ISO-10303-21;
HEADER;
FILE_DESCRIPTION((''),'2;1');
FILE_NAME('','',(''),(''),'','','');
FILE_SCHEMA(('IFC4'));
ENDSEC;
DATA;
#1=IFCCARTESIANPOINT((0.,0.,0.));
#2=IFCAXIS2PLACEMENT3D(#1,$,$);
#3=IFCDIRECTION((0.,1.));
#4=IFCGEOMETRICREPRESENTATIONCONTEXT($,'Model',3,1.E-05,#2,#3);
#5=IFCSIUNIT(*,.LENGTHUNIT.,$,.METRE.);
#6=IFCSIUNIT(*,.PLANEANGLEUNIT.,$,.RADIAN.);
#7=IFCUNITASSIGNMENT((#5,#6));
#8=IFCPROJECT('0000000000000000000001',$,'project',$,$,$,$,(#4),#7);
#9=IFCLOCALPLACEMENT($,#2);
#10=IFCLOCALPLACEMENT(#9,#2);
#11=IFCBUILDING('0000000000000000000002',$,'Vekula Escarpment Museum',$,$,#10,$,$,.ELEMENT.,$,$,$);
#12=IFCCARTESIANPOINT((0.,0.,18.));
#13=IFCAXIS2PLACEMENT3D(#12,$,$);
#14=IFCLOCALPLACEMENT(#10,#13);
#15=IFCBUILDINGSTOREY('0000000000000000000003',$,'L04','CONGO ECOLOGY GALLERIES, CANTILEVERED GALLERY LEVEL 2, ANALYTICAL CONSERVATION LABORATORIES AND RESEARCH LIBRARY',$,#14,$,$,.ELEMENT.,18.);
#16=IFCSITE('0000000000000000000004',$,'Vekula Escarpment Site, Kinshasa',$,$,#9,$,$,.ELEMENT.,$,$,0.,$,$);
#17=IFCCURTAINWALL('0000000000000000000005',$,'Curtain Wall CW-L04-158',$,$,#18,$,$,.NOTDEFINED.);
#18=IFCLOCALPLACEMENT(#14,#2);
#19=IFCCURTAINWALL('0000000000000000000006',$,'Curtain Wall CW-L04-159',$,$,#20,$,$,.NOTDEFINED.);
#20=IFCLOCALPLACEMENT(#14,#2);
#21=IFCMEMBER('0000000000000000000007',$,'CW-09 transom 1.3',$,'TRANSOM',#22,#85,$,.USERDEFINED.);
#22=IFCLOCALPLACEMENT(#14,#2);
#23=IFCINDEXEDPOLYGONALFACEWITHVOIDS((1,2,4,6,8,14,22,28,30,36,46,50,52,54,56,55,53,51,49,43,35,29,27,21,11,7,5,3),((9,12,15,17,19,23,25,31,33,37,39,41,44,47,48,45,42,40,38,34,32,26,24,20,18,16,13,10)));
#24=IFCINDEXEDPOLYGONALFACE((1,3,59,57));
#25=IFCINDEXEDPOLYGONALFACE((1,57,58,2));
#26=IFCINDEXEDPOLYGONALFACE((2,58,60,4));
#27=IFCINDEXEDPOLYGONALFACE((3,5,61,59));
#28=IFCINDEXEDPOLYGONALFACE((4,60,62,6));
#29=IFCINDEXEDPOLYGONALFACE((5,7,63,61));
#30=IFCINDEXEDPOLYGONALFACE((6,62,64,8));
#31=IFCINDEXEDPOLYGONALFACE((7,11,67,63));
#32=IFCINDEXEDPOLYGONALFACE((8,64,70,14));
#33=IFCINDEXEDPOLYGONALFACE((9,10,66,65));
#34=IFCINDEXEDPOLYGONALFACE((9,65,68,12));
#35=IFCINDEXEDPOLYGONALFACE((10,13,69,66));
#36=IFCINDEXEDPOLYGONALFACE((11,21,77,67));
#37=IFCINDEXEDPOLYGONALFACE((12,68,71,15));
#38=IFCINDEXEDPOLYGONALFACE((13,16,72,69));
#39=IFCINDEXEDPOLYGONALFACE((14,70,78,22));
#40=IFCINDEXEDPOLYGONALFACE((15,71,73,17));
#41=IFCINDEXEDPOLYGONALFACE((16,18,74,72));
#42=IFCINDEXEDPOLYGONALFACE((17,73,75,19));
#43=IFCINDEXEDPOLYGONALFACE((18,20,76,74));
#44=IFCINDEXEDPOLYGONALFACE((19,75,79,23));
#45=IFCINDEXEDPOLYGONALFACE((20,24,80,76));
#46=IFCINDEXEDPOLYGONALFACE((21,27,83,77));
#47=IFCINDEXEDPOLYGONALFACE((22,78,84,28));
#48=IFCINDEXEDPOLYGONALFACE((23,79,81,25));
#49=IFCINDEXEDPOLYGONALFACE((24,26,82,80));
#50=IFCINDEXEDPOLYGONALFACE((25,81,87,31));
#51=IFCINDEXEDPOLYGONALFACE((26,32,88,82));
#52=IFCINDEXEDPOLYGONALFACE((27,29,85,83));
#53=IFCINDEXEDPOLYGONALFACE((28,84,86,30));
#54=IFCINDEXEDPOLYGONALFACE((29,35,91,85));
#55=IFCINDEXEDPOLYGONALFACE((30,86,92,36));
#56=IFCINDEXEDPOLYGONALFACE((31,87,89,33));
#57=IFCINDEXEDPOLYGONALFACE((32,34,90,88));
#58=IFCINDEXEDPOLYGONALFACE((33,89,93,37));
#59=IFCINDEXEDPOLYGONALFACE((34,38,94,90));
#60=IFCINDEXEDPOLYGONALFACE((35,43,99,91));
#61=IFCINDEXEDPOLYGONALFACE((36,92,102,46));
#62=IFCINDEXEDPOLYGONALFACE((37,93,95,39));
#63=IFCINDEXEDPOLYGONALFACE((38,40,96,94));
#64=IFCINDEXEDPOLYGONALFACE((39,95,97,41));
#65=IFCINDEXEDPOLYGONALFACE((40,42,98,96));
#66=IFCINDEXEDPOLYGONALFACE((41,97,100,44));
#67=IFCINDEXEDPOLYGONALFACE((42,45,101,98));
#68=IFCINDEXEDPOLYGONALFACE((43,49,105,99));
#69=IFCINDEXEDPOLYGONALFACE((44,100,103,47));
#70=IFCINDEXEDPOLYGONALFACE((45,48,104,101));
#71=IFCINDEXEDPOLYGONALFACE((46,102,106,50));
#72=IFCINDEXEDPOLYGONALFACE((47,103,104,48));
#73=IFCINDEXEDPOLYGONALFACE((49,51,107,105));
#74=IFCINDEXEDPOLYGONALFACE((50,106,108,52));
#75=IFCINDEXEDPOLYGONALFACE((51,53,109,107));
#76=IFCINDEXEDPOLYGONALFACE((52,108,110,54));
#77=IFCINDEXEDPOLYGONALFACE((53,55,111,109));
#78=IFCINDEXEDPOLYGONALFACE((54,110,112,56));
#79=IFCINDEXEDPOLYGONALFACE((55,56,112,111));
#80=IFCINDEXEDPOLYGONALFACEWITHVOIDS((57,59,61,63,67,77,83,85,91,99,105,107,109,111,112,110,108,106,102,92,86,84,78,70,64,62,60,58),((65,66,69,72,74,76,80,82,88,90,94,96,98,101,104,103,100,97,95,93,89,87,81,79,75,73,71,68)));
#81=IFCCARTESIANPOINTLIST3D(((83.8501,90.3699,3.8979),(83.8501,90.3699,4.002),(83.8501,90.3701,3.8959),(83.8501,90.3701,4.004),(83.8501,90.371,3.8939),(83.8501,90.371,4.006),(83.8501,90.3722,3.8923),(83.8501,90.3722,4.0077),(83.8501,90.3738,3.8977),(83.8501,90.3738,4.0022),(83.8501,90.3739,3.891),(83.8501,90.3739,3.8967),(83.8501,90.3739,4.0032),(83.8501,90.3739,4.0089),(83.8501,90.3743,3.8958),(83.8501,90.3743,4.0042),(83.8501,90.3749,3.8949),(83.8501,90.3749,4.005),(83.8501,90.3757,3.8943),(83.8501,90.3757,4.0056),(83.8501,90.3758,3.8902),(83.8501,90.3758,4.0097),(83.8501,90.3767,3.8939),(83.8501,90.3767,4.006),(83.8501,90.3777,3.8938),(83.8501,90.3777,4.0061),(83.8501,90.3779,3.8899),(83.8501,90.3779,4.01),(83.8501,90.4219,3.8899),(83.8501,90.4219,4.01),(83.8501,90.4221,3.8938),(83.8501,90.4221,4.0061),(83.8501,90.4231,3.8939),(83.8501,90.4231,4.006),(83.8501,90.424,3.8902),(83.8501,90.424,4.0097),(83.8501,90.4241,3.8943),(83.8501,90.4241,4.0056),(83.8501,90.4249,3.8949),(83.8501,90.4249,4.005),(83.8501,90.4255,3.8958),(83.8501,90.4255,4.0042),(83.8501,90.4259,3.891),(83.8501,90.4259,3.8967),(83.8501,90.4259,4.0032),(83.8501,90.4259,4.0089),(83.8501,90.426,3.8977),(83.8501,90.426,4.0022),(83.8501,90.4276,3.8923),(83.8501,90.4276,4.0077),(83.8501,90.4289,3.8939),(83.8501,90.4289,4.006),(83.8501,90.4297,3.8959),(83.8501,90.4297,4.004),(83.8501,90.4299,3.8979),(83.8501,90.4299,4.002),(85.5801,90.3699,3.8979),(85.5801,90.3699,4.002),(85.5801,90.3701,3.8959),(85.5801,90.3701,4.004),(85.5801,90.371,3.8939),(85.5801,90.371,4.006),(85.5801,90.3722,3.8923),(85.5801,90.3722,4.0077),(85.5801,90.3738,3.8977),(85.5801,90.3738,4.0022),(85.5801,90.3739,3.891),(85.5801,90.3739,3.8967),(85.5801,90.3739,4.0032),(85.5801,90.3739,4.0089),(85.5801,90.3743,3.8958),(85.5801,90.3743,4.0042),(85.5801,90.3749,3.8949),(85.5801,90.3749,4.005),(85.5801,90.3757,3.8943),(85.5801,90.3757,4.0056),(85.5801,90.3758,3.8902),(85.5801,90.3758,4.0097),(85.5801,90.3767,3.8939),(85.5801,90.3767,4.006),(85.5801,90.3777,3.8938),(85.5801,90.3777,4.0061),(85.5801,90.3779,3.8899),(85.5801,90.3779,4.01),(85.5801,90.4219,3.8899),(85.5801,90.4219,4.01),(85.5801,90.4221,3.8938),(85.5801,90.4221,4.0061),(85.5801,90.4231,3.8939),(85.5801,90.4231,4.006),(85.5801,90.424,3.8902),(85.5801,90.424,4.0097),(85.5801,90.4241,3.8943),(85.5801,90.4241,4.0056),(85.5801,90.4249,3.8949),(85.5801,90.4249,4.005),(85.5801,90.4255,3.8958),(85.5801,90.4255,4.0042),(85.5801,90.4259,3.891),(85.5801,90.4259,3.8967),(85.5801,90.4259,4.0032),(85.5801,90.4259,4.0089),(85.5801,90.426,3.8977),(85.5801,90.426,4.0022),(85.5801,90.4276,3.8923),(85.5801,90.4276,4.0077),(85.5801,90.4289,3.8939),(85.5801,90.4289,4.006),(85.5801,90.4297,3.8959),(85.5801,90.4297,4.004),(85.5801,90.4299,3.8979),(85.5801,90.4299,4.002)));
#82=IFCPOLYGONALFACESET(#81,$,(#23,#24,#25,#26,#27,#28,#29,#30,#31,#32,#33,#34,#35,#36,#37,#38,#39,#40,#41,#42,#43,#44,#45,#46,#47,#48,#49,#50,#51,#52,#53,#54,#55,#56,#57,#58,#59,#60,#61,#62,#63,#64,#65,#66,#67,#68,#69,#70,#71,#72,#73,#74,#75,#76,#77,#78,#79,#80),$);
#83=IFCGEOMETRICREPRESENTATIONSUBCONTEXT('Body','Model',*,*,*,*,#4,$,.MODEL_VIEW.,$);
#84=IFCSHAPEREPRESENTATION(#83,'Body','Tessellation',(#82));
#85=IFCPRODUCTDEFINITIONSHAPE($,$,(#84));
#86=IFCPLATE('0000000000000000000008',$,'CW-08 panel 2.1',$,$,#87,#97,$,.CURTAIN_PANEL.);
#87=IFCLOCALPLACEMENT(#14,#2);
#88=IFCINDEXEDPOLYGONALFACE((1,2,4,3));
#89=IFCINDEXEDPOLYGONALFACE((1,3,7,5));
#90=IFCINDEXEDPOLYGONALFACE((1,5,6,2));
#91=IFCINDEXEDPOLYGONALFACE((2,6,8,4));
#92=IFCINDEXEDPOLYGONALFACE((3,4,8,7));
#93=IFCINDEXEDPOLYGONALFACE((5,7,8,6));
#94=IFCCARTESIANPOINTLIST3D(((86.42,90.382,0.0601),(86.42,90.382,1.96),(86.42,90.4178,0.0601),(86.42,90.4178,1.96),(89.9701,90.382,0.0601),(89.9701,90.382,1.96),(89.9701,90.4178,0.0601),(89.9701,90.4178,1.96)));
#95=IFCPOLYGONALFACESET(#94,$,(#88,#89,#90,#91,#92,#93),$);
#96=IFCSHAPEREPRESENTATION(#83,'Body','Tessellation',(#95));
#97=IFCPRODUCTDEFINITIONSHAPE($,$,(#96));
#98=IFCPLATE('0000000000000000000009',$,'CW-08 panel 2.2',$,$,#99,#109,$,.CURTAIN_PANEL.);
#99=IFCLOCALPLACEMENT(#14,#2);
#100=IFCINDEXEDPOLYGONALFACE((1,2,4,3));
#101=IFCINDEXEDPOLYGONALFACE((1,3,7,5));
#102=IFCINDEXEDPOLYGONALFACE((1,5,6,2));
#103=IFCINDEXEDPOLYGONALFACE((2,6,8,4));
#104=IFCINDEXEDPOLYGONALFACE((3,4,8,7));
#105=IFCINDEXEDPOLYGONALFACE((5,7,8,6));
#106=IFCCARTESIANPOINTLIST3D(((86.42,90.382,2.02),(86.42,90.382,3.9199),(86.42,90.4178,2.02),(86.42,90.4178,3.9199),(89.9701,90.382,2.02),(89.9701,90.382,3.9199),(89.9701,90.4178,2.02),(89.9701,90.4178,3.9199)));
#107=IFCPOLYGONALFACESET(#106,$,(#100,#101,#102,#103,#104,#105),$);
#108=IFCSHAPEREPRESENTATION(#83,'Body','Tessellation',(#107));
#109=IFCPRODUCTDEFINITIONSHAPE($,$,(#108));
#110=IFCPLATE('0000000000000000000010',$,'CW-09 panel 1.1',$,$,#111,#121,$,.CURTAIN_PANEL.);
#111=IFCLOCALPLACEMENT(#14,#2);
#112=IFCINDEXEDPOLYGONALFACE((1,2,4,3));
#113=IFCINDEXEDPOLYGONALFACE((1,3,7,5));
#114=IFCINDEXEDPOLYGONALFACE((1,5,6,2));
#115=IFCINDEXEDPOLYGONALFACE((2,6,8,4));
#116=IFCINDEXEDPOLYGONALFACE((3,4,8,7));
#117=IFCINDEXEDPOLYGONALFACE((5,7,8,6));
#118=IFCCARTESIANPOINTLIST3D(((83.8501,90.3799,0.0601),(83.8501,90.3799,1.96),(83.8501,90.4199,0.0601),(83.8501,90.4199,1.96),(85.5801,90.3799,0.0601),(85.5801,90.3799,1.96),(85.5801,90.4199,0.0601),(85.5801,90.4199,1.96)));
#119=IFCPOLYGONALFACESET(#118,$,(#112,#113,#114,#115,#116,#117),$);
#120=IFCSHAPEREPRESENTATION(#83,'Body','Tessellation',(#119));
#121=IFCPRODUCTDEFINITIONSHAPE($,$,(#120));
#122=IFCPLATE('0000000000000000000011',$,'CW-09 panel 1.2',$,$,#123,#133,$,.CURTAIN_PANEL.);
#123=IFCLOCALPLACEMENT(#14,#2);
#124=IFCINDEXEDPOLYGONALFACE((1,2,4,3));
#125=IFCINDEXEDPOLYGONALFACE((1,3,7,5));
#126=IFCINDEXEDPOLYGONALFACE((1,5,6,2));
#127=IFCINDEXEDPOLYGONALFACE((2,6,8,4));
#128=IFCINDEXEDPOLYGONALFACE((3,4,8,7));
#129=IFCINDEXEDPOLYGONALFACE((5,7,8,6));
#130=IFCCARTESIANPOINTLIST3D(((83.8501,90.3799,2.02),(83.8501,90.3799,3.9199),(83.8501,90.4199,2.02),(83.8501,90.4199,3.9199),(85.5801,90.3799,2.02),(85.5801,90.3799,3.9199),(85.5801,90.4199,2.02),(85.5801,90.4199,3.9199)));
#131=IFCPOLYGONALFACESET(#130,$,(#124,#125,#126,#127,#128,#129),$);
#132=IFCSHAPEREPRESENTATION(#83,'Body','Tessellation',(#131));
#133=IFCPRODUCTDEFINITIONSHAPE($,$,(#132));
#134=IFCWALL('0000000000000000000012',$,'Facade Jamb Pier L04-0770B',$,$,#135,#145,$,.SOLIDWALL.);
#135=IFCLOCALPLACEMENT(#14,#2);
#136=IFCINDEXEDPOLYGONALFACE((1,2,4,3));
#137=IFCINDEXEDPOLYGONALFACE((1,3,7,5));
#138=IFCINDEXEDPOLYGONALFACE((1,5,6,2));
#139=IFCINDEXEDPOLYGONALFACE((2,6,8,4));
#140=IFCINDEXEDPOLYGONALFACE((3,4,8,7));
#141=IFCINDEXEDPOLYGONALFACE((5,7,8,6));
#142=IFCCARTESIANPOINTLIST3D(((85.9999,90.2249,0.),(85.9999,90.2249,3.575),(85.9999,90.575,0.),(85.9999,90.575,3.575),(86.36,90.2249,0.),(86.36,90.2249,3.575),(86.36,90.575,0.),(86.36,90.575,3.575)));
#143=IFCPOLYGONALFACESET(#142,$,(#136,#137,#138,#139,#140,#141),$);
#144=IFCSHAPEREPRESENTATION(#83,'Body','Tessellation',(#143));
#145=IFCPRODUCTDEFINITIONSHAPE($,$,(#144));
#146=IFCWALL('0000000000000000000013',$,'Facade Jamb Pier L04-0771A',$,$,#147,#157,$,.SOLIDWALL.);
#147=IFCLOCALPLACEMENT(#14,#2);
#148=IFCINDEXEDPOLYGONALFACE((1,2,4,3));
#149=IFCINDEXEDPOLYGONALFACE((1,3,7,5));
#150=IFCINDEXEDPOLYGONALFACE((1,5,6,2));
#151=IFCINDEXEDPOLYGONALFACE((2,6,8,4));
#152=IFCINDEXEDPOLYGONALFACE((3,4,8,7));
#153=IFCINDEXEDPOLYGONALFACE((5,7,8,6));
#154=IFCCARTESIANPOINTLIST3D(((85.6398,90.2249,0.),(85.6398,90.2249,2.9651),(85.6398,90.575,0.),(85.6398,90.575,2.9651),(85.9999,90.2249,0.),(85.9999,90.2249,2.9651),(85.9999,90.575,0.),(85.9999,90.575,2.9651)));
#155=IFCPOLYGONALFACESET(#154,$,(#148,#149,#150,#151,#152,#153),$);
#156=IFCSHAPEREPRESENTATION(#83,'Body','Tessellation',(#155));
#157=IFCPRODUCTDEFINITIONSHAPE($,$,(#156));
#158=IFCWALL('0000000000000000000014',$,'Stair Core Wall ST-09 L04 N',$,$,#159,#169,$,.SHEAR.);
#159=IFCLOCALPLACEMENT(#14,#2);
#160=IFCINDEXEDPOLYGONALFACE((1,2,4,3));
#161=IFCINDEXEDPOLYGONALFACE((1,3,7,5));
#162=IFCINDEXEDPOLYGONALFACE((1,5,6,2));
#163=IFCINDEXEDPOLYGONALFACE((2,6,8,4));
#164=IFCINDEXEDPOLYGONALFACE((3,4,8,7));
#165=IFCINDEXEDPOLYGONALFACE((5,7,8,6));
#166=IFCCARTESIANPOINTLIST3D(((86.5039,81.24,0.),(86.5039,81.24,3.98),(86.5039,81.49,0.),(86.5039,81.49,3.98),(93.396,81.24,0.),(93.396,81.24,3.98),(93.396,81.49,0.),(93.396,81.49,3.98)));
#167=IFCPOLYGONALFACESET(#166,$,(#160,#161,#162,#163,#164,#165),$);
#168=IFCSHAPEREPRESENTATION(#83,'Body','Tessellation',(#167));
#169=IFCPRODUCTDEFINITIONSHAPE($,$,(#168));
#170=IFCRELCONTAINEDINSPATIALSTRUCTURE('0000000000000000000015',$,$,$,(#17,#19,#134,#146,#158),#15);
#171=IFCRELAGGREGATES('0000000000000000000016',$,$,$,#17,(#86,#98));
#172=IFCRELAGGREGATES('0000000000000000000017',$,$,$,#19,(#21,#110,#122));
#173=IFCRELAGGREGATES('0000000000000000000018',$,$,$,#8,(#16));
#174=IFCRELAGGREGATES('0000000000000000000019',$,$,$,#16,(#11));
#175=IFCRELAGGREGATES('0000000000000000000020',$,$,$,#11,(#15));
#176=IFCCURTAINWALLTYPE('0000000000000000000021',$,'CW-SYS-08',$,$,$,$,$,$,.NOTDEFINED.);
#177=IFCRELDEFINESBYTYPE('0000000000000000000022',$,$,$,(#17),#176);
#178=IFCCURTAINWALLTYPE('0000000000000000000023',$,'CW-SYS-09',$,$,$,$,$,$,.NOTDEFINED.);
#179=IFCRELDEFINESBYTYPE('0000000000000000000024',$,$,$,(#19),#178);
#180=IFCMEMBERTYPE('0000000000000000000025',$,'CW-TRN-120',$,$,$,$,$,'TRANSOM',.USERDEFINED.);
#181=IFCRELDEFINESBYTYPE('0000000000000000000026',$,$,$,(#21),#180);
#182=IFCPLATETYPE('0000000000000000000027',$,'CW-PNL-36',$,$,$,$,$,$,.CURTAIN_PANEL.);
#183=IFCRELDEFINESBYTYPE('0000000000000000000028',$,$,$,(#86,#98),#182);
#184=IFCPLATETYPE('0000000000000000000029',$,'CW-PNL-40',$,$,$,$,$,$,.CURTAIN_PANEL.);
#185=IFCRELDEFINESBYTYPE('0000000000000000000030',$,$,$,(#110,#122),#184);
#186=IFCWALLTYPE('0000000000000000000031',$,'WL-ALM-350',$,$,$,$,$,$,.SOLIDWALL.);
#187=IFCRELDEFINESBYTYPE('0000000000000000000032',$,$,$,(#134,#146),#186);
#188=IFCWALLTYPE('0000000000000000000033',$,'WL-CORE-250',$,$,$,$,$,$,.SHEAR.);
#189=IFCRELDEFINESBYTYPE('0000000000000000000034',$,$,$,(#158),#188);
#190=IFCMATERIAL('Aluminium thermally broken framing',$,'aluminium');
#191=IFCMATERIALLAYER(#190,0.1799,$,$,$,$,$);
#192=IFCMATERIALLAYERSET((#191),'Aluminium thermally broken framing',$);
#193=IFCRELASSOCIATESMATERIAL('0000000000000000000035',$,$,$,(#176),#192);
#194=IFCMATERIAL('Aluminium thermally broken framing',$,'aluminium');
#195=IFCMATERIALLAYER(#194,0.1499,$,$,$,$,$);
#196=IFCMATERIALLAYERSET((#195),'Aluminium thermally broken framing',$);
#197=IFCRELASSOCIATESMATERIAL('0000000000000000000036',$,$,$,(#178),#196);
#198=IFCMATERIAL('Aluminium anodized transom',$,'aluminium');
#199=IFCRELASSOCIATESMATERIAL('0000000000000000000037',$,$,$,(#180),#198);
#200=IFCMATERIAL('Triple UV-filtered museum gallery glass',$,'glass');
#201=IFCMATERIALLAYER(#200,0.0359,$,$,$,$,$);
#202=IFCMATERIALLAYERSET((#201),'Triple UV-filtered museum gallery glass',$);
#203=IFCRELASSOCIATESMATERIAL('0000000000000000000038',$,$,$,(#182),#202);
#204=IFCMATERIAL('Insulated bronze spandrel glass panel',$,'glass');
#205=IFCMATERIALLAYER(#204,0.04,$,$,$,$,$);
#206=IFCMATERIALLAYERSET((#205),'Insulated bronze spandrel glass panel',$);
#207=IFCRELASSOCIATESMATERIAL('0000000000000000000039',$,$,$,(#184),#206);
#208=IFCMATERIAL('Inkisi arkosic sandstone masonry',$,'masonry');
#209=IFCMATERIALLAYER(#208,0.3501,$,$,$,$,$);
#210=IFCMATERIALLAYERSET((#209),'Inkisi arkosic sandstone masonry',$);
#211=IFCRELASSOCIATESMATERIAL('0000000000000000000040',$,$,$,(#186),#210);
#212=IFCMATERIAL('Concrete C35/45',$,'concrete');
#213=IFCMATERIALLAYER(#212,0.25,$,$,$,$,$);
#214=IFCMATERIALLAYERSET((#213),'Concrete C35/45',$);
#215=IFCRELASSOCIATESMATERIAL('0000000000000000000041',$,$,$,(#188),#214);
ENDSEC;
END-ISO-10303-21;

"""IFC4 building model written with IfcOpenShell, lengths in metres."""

from ifc_helpers import new_model, si_unit, direction, frame, frame_2d, origin, origin_2d, place, context, subcontext, project, spatial, rectangle, hollow_rectangle, extrude, material, layer, layer_set, material_profile, profile_set, type_object, element, aggregate, save


model = new_model("IFC4")

# Units and contexts
model_context = context("Model", 3, precision=1e-05, world=origin(), true_north=direction((0.0, 1.0)))
body_context = subcontext(model_context, "Body", "Model", "MODEL_VIEW")
ifc_project = project(units=[si_unit("LENGTHUNIT", "METRE"), si_unit("PLANEANGLEUNIT", "RADIAN")], contexts=[model_context])

# Site, building, storey
site_placement = place(None, origin())
site = spatial("IfcSite", under=ifc_project, at=site_placement, Name="Vekula Escarpment Site, Kinshasa", CompositionType="ELEMENT", RefElevation=0.0)
building_placement = place(site_placement, origin())
building = spatial("IfcBuilding", under=site, at=building_placement, Name="Vekula Escarpment Museum", CompositionType="ELEMENT")
storey_placement = place(building_placement, frame((0.0, 0.0, 18.0)))
storey = spatial("IfcBuildingStorey", under=building, at=storey_placement, Name="L04", Description="CONGO ECOLOGY GALLERIES, CANTILEVERED GALLERY LEVEL 2, ANALYTICAL CONSERVATION LABORATORIES AND RESEARCH LIBRARY", CompositionType="ELEMENT", Elevation=18.0)

# Curtain wall
ifc_material_1 = material(Name="Aluminium thermally broken framing", Category="aluminium")
ifc_layer_1 = layer(ifc_material_1, 0.1799)
ifc_layer_set_1 = layer_set([ifc_layer_1], Name="Aluminium thermally broken framing")
curtain_wall_type_1 = type_object("IfcCurtainWallType", Name="CW-SYS-08", PredefinedType="NOTDEFINED", material=ifc_layer_set_1)
curtain_wall_1_placement = place(storey_placement, origin())
curtain_wall_1 = element("IfcCurtainWall", 1, at=curtain_wall_1_placement, inside=storey, type_object=curtain_wall_type_1, Name="Curtain Wall CW-L04-158", PredefinedType="NOTDEFINED")

# Curtain wall
ifc_material_2 = material(Name="Aluminium thermally broken framing", Category="aluminium")
ifc_layer_2 = layer(ifc_material_2, 0.1499)
ifc_layer_set_2 = layer_set([ifc_layer_2], Name="Aluminium thermally broken framing")
curtain_wall_type_2 = type_object("IfcCurtainWallType", Name="CW-SYS-09", PredefinedType="NOTDEFINED", material=ifc_layer_set_2)
curtain_wall_2_placement = place(storey_placement, origin())
curtain_wall_2 = element("IfcCurtainWall", 2, at=curtain_wall_2_placement, inside=storey, type_object=curtain_wall_type_2, Name="Curtain Wall CW-L04-159", PredefinedType="NOTDEFINED")

# Member
ifc_material_3 = material(Name="Aluminium anodized transom", Category="aluminium")
ifc_material_profile_1 = material_profile(ifc_material_3, hollow_rectangle(XDim=0.0601, YDim=0.1201, WallThickness=0.0039, InnerFilletRadius=0.0039, OuterFilletRadius=0.0081, at=origin_2d()), Name="ALU 120x60x4")
ifc_profile_set_1 = profile_set([ifc_material_profile_1], Name="Aluminium anodized transom")
member_type_1 = type_object("IfcMemberType", Name="CW-TRN-120", ElementType="TRANSOM", PredefinedType="USERDEFINED", material=ifc_profile_set_1)
member_1_placement = place(storey_placement, frame((85.5801, 90.3999, 3.95), z_axis=(-1.0, 0.0, 0.0), x_axis=(0.0, -1.0, 0.0)))
member_1 = element("IfcMember", 3, at=member_1_placement, type_object=member_type_1, Name="CW-09 transom 1.3", ObjectType="TRANSOM", PredefinedType="USERDEFINED", context=body_context, shape_type="SweptSolid", body=[
    extrude(hollow_rectangle(XDim=0.0601, YDim=0.1201, WallThickness=0.0039, InnerFilletRadius=0.0039, OuterFilletRadius=0.0081, at=origin_2d()), origin(), (0.0, 0.0, 1.0), 1.73),
])

# Plates
ifc_material_4 = material(Name="Triple UV-filtered museum gallery glass", Category="glass")
ifc_layer_3 = layer(ifc_material_4, 0.0359)
ifc_layer_set_3 = layer_set([ifc_layer_3], Name="Triple UV-filtered museum gallery glass")
plate_type_1 = type_object("IfcPlateType", Name="CW-PNL-36", PredefinedType="CURTAIN_PANEL", material=ifc_layer_set_3)
plate_1_placement = place(storey_placement, frame((88.1951, 90.3999, 0.0601), z_axis=(0.0, 0.0, 1.0), x_axis=(-1.0, 0.0, 0.0)))
plate_1 = element("IfcPlate", 4, at=plate_1_placement, type_object=plate_type_1, Name="CW-08 panel 2.1", PredefinedType="CURTAIN_PANEL", context=body_context, shape_type="SweptSolid", body=[
    extrude(rectangle(XDim=3.55, YDim=0.0359, at=origin_2d()), origin(), (0.0, 0.0, 1.0), 1.8999),
])
plate_2_placement = place(storey_placement, frame((88.1951, 90.3999, 2.02), z_axis=(0.0, 0.0, 1.0), x_axis=(-1.0, 0.0, 0.0)))
plate_2 = element("IfcPlate", 5, at=plate_2_placement, type_object=plate_type_1, Name="CW-08 panel 2.2", PredefinedType="CURTAIN_PANEL", context=body_context, shape_type="SweptSolid", body=[
    extrude(rectangle(XDim=3.55, YDim=0.0359, at=origin_2d()), origin(), (0.0, 0.0, 1.0), 1.8999),
])
aggregate(curtain_wall_1, [plate_1, plate_2])
ifc_material_5 = material(Name="Insulated bronze spandrel glass panel", Category="glass")
ifc_layer_4 = layer(ifc_material_5, 0.04)
ifc_layer_set_4 = layer_set([ifc_layer_4], Name="Insulated bronze spandrel glass panel")
plate_type_2 = type_object("IfcPlateType", Name="CW-PNL-40", PredefinedType="CURTAIN_PANEL", material=ifc_layer_set_4)
plate_3_placement = place(storey_placement, frame((84.7151, 90.3999, 0.0601), z_axis=(0.0, 0.0, 1.0), x_axis=(-1.0, 0.0, 0.0)))
plate_3 = element("IfcPlate", 6, at=plate_3_placement, type_object=plate_type_2, Name="CW-09 panel 1.1", PredefinedType="CURTAIN_PANEL", context=body_context, shape_type="SweptSolid", body=[
    extrude(rectangle(XDim=1.73, YDim=0.04, at=origin_2d()), origin(), (0.0, 0.0, 1.0), 1.8999),
])
plate_4_placement = place(storey_placement, frame((84.7151, 90.3999, 2.02), z_axis=(0.0, 0.0, 1.0), x_axis=(-1.0, 0.0, 0.0)))
plate_4 = element("IfcPlate", 7, at=plate_4_placement, type_object=plate_type_2, Name="CW-09 panel 1.2", PredefinedType="CURTAIN_PANEL", context=body_context, shape_type="SweptSolid", body=[
    extrude(rectangle(XDim=1.73, YDim=0.04, at=origin_2d()), origin(), (0.0, 0.0, 1.0), 1.8999),
])
aggregate(curtain_wall_2, [member_1, plate_3, plate_4])

# Walls
ifc_material_6 = material(Name="Inkisi arkosic sandstone masonry", Category="masonry")
ifc_layer_5 = layer(ifc_material_6, 0.3501)
ifc_layer_set_5 = layer_set([ifc_layer_5], Name="Inkisi arkosic sandstone masonry")
wall_type_1 = type_object("IfcWallType", Name="WL-ALM-350", PredefinedType="SOLIDWALL", material=ifc_layer_set_5)
wall_1_placement = place(storey_placement, frame((86.3601, 90.3999, 0.0), z_axis=(0.0, 0.0, 1.0), x_axis=(-1.0, 0.0, 0.0)))
element("IfcWall", 8, at=wall_1_placement, inside=storey, type_object=wall_type_1, Name="Facade Jamb Pier L04-0770B", PredefinedType="SOLIDWALL", context=body_context, shape_type="SweptSolid", body=[
    extrude(rectangle(XDim=0.3601, YDim=0.3501, at=frame_2d((0.1802, 0.0))), origin(), (0.0, 0.0, 1.0), 3.575),
])
wall_2_placement = place(storey_placement, frame((86.0, 90.3999, 0.0), z_axis=(0.0, 0.0, 1.0), x_axis=(-1.0, 0.0, 0.0)))
element("IfcWall", 9, at=wall_2_placement, inside=storey, type_object=wall_type_1, Name="Facade Jamb Pier L04-0771A", PredefinedType="SOLIDWALL", context=body_context, shape_type="SweptSolid", body=[
    extrude(rectangle(XDim=0.3601, YDim=0.3501, at=frame_2d((0.1802, 0.0))), origin(), (0.0, 0.0, 1.0), 2.9651),
])
ifc_material_7 = material(Name="Concrete C35/45", Category="concrete")
ifc_layer_6 = layer(ifc_material_7, 0.25)
ifc_layer_set_6 = layer_set([ifc_layer_6], Name="Concrete C35/45")
wall_type_2 = type_object("IfcWallType", Name="WL-CORE-250", PredefinedType="SHEAR", material=ifc_layer_set_6)
wall_3_placement = place(storey_placement, frame((86.5039, 81.365, 0.0), z_axis=(0.0, 0.0, 1.0), x_axis=(1.0, 0.0, 0.0)))
element("IfcWall", 10, at=wall_3_placement, inside=storey, type_object=wall_type_2, Name="Stair Core Wall ST-09 L04 N", PredefinedType="SHEAR", context=body_context, shape_type="SweptSolid", body=[
    extrude(rectangle(XDim=6.8921, YDim=0.25, at=frame_2d((3.446, 0.0))), origin(), (0.0, 0.0, 1.0), 3.98),
])

save(model, "model.ifc")
